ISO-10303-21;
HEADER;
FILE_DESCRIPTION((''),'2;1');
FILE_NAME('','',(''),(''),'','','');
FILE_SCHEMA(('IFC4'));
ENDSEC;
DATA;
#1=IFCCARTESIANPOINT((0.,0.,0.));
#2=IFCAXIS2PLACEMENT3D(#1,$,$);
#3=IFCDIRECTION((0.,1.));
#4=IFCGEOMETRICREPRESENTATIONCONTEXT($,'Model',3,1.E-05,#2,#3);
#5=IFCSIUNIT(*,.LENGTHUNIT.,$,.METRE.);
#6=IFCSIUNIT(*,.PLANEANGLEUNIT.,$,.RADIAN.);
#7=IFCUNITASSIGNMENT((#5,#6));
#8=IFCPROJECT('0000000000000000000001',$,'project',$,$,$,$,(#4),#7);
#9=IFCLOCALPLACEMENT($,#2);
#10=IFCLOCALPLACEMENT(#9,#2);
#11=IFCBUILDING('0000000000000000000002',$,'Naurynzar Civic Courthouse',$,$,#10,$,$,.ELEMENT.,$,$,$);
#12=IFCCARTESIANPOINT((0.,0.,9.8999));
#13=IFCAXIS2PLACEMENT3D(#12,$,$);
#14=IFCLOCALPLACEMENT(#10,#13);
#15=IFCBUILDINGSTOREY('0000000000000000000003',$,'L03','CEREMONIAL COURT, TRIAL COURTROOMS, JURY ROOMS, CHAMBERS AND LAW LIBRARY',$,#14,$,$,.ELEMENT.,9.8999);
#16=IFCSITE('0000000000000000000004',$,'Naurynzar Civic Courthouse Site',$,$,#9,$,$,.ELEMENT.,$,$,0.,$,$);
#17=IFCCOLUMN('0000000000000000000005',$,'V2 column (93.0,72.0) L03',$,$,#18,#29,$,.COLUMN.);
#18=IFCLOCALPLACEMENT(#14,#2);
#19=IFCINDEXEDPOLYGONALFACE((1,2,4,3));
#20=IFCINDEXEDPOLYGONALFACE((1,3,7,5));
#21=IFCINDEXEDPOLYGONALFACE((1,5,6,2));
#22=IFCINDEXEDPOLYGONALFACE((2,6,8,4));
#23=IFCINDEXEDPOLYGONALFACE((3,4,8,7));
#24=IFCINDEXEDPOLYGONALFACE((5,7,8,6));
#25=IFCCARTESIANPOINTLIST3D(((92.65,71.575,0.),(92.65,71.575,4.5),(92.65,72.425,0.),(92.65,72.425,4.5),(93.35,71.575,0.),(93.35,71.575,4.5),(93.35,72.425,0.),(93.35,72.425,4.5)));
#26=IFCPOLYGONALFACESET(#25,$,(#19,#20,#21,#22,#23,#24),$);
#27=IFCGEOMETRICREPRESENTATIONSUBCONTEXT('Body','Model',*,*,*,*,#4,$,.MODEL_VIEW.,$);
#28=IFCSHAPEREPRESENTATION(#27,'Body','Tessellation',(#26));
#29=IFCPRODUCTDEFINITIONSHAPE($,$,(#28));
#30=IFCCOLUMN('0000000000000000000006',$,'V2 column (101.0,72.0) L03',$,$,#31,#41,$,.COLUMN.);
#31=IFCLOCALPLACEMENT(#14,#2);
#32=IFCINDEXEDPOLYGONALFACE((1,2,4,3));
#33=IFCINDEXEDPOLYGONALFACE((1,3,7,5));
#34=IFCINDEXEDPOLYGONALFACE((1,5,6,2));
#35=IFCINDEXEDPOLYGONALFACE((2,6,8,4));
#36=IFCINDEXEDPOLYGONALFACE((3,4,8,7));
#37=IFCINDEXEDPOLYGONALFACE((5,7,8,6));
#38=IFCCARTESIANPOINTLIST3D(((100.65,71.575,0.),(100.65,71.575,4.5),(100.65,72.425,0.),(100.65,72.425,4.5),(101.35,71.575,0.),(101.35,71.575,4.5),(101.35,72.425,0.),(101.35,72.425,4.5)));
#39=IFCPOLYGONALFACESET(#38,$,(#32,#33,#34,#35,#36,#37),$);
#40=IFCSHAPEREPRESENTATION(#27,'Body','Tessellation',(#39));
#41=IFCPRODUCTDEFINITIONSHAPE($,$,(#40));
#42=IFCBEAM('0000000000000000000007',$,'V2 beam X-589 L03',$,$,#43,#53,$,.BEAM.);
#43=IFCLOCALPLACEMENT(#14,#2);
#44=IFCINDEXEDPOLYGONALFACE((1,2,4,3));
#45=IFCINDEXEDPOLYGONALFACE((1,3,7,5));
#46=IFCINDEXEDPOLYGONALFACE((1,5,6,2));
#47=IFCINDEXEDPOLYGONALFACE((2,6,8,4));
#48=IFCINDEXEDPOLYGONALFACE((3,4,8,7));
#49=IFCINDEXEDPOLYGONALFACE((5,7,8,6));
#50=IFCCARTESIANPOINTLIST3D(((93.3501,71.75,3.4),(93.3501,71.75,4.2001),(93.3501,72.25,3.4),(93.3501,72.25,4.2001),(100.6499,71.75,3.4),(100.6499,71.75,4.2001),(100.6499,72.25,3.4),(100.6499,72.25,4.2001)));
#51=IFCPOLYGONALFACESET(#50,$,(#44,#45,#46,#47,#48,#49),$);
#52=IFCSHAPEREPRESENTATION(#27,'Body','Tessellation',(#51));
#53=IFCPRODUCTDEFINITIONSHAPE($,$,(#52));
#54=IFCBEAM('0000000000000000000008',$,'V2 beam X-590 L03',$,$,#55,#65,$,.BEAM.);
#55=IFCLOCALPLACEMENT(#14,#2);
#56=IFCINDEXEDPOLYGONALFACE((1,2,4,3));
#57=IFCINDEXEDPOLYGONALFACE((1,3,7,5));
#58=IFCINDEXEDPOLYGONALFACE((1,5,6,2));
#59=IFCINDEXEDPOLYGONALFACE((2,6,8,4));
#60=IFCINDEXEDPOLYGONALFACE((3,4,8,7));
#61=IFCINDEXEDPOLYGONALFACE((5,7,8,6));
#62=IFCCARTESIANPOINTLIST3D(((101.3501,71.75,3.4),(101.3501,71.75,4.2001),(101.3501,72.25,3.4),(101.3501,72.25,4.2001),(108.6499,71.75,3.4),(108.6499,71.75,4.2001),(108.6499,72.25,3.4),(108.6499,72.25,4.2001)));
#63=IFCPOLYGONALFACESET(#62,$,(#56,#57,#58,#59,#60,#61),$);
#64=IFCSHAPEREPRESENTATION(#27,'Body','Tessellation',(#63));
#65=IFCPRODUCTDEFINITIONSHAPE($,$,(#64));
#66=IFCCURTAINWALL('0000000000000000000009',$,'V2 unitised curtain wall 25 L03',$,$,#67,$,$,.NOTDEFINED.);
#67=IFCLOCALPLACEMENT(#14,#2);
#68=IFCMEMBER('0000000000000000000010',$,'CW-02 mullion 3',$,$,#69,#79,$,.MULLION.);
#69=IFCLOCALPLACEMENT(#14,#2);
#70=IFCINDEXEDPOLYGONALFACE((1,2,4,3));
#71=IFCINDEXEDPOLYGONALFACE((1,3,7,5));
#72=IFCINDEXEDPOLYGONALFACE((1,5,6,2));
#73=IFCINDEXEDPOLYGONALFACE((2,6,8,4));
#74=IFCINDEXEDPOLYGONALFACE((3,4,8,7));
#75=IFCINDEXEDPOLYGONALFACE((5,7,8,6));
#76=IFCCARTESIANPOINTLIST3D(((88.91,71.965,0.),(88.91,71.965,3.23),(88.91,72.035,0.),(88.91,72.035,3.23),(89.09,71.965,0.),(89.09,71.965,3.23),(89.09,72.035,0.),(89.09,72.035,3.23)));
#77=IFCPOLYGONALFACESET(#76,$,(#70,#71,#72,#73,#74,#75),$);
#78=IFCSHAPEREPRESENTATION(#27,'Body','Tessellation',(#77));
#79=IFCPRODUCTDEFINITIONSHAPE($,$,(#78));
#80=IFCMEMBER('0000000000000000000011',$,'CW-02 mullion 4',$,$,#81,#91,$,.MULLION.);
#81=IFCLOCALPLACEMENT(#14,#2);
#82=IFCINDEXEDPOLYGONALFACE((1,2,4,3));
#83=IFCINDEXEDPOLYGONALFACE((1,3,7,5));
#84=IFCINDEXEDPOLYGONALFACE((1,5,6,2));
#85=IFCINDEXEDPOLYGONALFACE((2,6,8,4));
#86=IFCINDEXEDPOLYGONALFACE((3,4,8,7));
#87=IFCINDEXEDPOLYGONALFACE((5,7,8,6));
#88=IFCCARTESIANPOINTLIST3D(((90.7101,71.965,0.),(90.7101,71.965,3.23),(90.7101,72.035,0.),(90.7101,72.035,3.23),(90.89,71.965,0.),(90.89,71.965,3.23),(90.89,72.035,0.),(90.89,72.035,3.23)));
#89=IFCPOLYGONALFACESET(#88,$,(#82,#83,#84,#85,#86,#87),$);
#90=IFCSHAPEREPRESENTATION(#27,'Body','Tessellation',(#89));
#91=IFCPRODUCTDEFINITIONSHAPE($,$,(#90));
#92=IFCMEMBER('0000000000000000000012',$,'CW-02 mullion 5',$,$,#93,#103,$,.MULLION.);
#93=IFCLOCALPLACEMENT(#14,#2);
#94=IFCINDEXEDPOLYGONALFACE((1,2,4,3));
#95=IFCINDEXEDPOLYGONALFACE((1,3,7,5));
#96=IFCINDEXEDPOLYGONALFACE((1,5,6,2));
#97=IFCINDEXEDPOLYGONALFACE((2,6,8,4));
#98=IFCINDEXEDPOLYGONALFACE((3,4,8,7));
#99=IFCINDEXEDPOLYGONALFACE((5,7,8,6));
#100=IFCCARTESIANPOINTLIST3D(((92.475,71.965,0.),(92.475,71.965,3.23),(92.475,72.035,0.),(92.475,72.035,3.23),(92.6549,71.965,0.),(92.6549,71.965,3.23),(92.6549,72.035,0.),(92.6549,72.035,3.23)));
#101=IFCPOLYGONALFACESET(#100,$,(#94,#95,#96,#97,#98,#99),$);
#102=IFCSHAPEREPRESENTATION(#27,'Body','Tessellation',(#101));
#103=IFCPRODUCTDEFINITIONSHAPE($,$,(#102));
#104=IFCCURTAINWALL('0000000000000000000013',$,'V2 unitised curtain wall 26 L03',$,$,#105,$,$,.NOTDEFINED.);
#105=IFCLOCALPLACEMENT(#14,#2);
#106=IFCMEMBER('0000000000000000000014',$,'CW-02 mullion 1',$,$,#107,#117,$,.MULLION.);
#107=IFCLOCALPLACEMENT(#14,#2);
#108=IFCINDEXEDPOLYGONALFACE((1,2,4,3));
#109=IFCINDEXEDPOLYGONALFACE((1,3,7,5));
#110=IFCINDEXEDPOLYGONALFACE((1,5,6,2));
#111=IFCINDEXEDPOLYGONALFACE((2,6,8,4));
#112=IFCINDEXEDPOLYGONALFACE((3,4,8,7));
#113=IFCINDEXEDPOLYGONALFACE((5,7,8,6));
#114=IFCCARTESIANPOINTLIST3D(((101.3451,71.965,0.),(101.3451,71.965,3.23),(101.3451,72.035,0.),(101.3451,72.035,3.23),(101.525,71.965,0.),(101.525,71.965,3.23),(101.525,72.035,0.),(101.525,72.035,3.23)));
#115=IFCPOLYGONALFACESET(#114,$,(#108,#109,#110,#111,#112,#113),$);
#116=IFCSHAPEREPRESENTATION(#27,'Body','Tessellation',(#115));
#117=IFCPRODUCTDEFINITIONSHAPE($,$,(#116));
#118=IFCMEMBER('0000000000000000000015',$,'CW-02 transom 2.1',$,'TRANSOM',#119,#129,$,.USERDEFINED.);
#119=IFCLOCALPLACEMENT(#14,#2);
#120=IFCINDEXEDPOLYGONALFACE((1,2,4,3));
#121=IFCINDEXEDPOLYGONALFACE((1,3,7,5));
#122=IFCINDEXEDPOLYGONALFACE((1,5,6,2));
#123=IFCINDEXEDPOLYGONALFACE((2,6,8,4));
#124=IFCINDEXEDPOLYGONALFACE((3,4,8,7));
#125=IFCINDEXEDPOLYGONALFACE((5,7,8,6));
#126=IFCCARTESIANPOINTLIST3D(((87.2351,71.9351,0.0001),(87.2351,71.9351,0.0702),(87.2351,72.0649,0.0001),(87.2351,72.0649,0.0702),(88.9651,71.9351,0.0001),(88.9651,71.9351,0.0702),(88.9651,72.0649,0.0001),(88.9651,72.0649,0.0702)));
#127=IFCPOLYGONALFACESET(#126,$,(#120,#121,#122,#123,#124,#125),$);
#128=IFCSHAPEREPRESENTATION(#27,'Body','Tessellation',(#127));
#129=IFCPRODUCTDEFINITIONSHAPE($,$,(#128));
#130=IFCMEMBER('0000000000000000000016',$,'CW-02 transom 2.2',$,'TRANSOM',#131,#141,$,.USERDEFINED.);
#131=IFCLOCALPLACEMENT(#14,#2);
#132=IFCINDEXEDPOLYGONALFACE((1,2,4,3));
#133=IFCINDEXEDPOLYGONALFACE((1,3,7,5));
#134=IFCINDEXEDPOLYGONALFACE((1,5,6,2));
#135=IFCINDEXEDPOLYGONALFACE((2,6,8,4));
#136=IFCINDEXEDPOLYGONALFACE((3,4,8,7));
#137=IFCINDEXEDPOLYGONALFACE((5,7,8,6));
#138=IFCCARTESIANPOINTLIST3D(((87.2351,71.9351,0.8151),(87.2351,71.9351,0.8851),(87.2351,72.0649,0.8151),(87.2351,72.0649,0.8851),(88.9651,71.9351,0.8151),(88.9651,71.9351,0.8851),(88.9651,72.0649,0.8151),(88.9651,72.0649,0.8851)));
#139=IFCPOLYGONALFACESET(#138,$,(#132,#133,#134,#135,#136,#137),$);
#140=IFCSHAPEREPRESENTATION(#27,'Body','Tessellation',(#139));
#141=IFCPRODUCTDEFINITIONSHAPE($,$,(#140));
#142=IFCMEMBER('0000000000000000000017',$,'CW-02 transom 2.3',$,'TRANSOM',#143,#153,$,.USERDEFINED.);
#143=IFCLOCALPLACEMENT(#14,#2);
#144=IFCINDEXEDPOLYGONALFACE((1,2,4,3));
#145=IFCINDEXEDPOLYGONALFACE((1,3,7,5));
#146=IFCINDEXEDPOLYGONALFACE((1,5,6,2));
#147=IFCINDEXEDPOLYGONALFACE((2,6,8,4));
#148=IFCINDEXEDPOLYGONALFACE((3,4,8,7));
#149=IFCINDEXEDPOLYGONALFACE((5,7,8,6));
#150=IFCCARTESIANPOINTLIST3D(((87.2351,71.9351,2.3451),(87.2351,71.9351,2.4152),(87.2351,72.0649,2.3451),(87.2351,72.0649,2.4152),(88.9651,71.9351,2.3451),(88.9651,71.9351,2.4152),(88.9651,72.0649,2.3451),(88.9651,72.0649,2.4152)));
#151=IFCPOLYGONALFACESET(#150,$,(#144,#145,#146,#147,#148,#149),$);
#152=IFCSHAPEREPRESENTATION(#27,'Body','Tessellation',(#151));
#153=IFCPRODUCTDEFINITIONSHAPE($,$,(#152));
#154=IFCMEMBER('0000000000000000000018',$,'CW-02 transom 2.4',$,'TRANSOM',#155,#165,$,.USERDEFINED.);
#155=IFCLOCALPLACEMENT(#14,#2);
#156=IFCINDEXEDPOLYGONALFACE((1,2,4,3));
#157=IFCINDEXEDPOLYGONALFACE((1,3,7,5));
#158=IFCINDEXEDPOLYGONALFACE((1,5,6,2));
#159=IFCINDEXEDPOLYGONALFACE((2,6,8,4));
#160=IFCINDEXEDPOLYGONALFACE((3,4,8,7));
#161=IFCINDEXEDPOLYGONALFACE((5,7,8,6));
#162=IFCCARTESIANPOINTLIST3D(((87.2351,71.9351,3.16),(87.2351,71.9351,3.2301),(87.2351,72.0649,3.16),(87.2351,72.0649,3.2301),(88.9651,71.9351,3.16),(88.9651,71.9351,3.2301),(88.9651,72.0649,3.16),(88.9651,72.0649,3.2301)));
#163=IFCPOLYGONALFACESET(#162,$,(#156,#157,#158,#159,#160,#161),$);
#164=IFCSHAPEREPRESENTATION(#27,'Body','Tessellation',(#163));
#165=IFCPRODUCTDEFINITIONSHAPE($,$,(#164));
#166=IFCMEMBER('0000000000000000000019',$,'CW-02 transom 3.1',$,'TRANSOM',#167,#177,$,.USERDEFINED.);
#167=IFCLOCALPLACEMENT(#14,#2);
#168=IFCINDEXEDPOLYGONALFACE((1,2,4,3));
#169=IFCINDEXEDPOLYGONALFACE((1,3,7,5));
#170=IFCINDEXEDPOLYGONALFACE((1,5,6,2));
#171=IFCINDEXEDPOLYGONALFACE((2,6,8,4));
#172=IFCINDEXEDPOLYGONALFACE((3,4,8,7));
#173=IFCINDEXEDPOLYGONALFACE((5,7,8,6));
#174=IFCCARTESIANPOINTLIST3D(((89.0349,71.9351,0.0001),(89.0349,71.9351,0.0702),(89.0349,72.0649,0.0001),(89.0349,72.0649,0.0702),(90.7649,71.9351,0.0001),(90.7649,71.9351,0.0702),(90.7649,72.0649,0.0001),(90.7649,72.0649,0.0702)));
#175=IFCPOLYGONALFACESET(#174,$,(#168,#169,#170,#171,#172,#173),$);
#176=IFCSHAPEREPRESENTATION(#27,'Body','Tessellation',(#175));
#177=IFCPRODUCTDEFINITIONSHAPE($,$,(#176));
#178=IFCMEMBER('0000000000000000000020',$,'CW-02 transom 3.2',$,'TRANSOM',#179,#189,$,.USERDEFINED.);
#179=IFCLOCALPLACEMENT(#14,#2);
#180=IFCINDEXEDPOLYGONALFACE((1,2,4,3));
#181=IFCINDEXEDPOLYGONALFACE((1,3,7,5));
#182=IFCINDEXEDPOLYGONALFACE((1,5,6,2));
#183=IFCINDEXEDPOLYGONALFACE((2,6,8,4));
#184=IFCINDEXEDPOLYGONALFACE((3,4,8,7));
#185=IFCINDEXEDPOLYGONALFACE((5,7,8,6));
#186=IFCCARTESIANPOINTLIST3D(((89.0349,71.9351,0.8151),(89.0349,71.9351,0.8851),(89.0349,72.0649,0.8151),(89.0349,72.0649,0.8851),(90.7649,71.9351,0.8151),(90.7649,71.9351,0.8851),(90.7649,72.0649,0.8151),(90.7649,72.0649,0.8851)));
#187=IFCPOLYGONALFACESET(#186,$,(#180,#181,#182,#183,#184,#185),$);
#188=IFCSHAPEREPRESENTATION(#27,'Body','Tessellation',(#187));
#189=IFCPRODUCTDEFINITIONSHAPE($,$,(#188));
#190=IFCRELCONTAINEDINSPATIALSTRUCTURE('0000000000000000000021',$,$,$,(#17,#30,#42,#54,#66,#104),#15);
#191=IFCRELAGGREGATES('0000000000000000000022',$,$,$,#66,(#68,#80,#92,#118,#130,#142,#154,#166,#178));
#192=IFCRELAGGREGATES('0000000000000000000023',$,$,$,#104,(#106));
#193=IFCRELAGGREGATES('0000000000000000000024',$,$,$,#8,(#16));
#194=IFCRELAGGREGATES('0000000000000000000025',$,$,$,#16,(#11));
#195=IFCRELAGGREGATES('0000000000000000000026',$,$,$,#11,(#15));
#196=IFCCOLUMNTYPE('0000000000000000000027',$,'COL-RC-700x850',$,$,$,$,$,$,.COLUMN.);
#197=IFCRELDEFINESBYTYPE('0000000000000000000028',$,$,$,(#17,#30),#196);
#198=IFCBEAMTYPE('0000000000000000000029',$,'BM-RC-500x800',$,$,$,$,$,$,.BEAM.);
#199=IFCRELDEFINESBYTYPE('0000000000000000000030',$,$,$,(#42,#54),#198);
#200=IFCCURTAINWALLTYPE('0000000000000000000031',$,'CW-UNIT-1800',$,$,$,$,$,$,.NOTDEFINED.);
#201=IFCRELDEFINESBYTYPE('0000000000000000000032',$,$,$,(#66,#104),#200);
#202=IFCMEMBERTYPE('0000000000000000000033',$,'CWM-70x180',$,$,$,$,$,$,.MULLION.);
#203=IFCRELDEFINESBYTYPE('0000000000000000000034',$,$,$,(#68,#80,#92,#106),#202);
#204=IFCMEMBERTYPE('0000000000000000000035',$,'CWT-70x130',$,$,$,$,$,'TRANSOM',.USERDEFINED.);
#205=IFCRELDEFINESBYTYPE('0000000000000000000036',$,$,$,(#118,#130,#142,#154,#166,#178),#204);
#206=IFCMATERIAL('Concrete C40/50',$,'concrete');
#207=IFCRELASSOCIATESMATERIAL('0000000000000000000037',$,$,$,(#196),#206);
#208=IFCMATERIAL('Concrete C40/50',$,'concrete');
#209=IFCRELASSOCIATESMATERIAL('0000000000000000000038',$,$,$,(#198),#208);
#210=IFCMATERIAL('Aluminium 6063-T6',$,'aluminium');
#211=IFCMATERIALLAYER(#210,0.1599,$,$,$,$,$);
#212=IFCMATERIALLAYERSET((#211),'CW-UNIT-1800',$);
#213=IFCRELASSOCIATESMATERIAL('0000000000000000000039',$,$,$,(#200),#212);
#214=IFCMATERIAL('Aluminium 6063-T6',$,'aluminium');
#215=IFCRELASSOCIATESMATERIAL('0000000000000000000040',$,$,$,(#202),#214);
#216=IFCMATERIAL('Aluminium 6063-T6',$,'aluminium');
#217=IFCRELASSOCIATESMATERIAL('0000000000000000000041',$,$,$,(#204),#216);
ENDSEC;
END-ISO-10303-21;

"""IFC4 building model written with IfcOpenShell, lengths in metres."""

from ifc_helpers import new_model, si_unit, direction, frame, origin, origin_2d, place, context, subcontext, project, spatial, rectangle, extrude, material, layer, layer_set, material_profile, profile_set, type_object, element, aggregate, save


model = new_model("IFC4")

# Units and contexts
model_context = context("Model", 3, precision=1e-05, world=origin(), true_north=direction((0.0, 1.0)))
body_context = subcontext(model_context, "Body", "Model", "MODEL_VIEW")
ifc_project = project(units=[si_unit("LENGTHUNIT", "METRE"), si_unit("PLANEANGLEUNIT", "RADIAN")], contexts=[model_context])

# Site, building, storey
site_placement = place(None, origin())
site = spatial("IfcSite", under=ifc_project, at=site_placement, Name="Naurynzar Civic Courthouse Site", CompositionType="ELEMENT", RefElevation=0.0)
building_placement = place(site_placement, origin())
building = spatial("IfcBuilding", under=site, at=building_placement, Name="Naurynzar Civic Courthouse", CompositionType="ELEMENT")
storey_placement = place(building_placement, frame((0.0, 0.0, 9.8999)))
storey = spatial("IfcBuildingStorey", under=building, at=storey_placement, Name="L03", Description="CEREMONIAL COURT, TRIAL COURTROOMS, JURY ROOMS, CHAMBERS AND LAW LIBRARY", CompositionType="ELEMENT", Elevation=9.8999)

# Columns
ifc_material_1 = material(Name="Concrete C40/50", Category="concrete")
ifc_material_profile_1 = material_profile(ifc_material_1, rectangle(XDim=0.7, YDim=0.8501, at=origin_2d()), Name="RC 700x850")
ifc_profile_set_1 = profile_set([ifc_material_profile_1], Name="Concrete C40/50")
column_type = type_object("IfcColumnType", Name="COL-RC-700x850", PredefinedType="COLUMN", material=ifc_profile_set_1)
for number, where, z_axis, x_axis, name in (
    (1, (93.0, 72.0, 0.0), (0.0, 0.0, 1.0), (1.0, 0.0, 0.0), "V2 column (93.0,72.0) L03"),
    (2, (101.0, 72.0, 0.0), (0.0, 0.0, 1.0), (1.0, 0.0, 0.0), "V2 column (101.0,72.0) L03"),
):
    element("IfcColumn", number, at=place(storey_placement, frame(where, z_axis=z_axis, x_axis=x_axis)), inside=storey, type_object=column_type, Name=name, PredefinedType="COLUMN", context=body_context, shape_type="SweptSolid", body=[
        extrude(rectangle(XDim=0.7, YDim=0.8501, at=origin_2d()), origin(), (0.0, 0.0, 1.0), 4.5),
    ])

# Beams
ifc_material_2 = material(Name="Concrete C40/50", Category="concrete")
ifc_material_profile_2 = material_profile(ifc_material_2, rectangle(XDim=0.5, YDim=0.8, at=origin_2d()), Name="RCB 500x800")
ifc_profile_set_2 = profile_set([ifc_material_profile_2], Name="Concrete C40/50")
beam_type = type_object("IfcBeamType", Name="BM-RC-500x800", PredefinedType="BEAM", material=ifc_profile_set_2)
for number, where, z_axis, x_axis, name in (
    (3, (93.3501, 72.0, 3.8), (1.0, 0.0, 0.0), (0.0, 1.0, 0.0), "V2 beam X-589 L03"),
    (4, (101.3501, 72.0, 3.8), (1.0, 0.0, 0.0), (0.0, 1.0, 0.0), "V2 beam X-590 L03"),
):
    element("IfcBeam", number, at=place(storey_placement, frame(where, z_axis=z_axis, x_axis=x_axis)), inside=storey, type_object=beam_type, Name=name, PredefinedType="BEAM", context=body_context, shape_type="SweptSolid", body=[
        extrude(rectangle(XDim=0.5, YDim=0.8, at=origin_2d()), origin(), (0.0, 0.0, 1.0), 7.2998),
    ])

# Curtain wall, members
ifc_material_3 = material(Name="Aluminium 6063-T6", Category="aluminium")
ifc_layer_1 = layer(ifc_material_3, 0.1599)
ifc_layer_set_1 = layer_set([ifc_layer_1], Name="CW-UNIT-1800")
curtain_wall_type = type_object("IfcCurtainWallType", Name="CW-UNIT-1800", PredefinedType="NOTDEFINED", material=ifc_layer_set_1)
curtain_wall_1_placement = place(storey_placement, origin())
curtain_wall_1 = element("IfcCurtainWall", 5, at=curtain_wall_1_placement, inside=storey, type_object=curtain_wall_type, Name="V2 unitised curtain wall 25 L03", PredefinedType="NOTDEFINED")
ifc_material_4 = material(Name="Aluminium 6063-T6", Category="aluminium")
ifc_material_profile_3 = material_profile(ifc_material_4, rectangle(XDim=0.0701, YDim=0.1799, at=origin_2d()), Name="ALU MULLION 70x180")
ifc_profile_set_3 = profile_set([ifc_material_profile_3], Name="Aluminium 6063-T6")
member_type_1 = type_object("IfcMemberType", Name="CWM-70x180", PredefinedType="MULLION", material=ifc_profile_set_3)
member_1_placement = place(storey_placement, frame((89.0, 72.0, 0.0), z_axis=(0.0, 0.0, 1.0), x_axis=(0.0, 1.0, 0.0)))
member_1 = element("IfcMember", 6, at=member_1_placement, type_object=member_type_1, Name="CW-02 mullion 3", PredefinedType="MULLION", context=body_context, shape_type="SweptSolid", body=[
    extrude(rectangle(XDim=0.0701, YDim=0.1799, at=origin_2d()), origin(), (0.0, 0.0, 1.0), 3.23),
])
member_2_placement = place(storey_placement, frame((90.8, 72.0, 0.0), z_axis=(0.0, 0.0, 1.0), x_axis=(0.0, 1.0, 0.0)))
member_2 = element("IfcMember", 7, at=member_2_placement, type_object=member_type_1, Name="CW-02 mullion 4", PredefinedType="MULLION", context=body_context, shape_type="SweptSolid", body=[
    extrude(rectangle(XDim=0.0701, YDim=0.1799, at=origin_2d()), origin(), (0.0, 0.0, 1.0), 3.23),
])
member_3_placement = place(storey_placement, frame((92.5649, 72.0, 0.0), z_axis=(0.0, 0.0, 1.0), x_axis=(0.0, 1.0, 0.0)))
member_3 = element("IfcMember", 8, at=member_3_placement, type_object=member_type_1, Name="CW-02 mullion 5", PredefinedType="MULLION", context=body_context, shape_type="SweptSolid", body=[
    extrude(rectangle(XDim=0.0701, YDim=0.1799, at=origin_2d()), origin(), (0.0, 0.0, 1.0), 3.23),
])

# Curtain wall, member
curtain_wall_2_placement = place(storey_placement, origin())
curtain_wall_2 = element("IfcCurtainWall", 9, at=curtain_wall_2_placement, inside=storey, type_object=curtain_wall_type, Name="V2 unitised curtain wall 26 L03", PredefinedType="NOTDEFINED")
member_4_placement = place(storey_placement, frame((101.4351, 72.0, 0.0), z_axis=(0.0, 0.0, 1.0), x_axis=(0.0, 1.0, 0.0)))
member_4 = element("IfcMember", 10, at=member_4_placement, type_object=member_type_1, Name="CW-02 mullion 1", PredefinedType="MULLION", context=body_context, shape_type="SweptSolid", body=[
    extrude(rectangle(XDim=0.0701, YDim=0.1799, at=origin_2d()), origin(), (0.0, 0.0, 1.0), 3.23),
])

# Members
ifc_material_5 = material(Name="Aluminium 6063-T6", Category="aluminium")
ifc_material_profile_4 = material_profile(ifc_material_5, rectangle(XDim=0.1299, YDim=0.0701, at=origin_2d()), Name="ALU TRANSOM 70x130")
ifc_profile_set_4 = profile_set([ifc_material_profile_4], Name="Aluminium 6063-T6")
member_type_2 = type_object("IfcMemberType", Name="CWT-70x130", ElementType="TRANSOM", PredefinedType="USERDEFINED", material=ifc_profile_set_4)
member_5_placement = place(storey_placement, frame((87.2351, 72.0, 0.0352), z_axis=(1.0, 0.0, 0.0), x_axis=(0.0, 1.0, 0.0)))
member_5 = element("IfcMember", 11, at=member_5_placement, type_object=member_type_2, Name="CW-02 transom 2.1", ObjectType="TRANSOM", PredefinedType="USERDEFINED", context=body_context, shape_type="SweptSolid", body=[
    extrude(rectangle(XDim=0.1299, YDim=0.0701, at=origin_2d()), origin(), (0.0, 0.0, 1.0), 1.73),
])
member_6_placement = place(storey_placement, frame((87.2351, 72.0, 0.8501), z_axis=(1.0, 0.0, 0.0), x_axis=(0.0, 1.0, 0.0)))
member_6 = element("IfcMember", 12, at=member_6_placement, type_object=member_type_2, Name="CW-02 transom 2.2", ObjectType="TRANSOM", PredefinedType="USERDEFINED", context=body_context, shape_type="SweptSolid", body=[
    extrude(rectangle(XDim=0.1299, YDim=0.0701, at=origin_2d()), origin(), (0.0, 0.0, 1.0), 1.73),
])
member_7_placement = place(storey_placement, frame((87.2351, 72.0, 2.3801), z_axis=(1.0, 0.0, 0.0), x_axis=(0.0, 1.0, 0.0)))
member_7 = element("IfcMember", 13, at=member_7_placement, type_object=member_type_2, Name="CW-02 transom 2.3", ObjectType="TRANSOM", PredefinedType="USERDEFINED", context=body_context, shape_type="SweptSolid", body=[
    extrude(rectangle(XDim=0.1299, YDim=0.0701, at=origin_2d()), origin(), (0.0, 0.0, 1.0), 1.73),
])
member_8_placement = place(storey_placement, frame((87.2351, 72.0, 3.1951), z_axis=(1.0, 0.0, 0.0), x_axis=(0.0, 1.0, 0.0)))
member_8 = element("IfcMember", 14, at=member_8_placement, type_object=member_type_2, Name="CW-02 transom 2.4", ObjectType="TRANSOM", PredefinedType="USERDEFINED", context=body_context, shape_type="SweptSolid", body=[
    extrude(rectangle(XDim=0.1299, YDim=0.0701, at=origin_2d()), origin(), (0.0, 0.0, 1.0), 1.73),
])
member_9_placement = place(storey_placement, frame((89.0349, 72.0, 0.0352), z_axis=(1.0, 0.0, 0.0), x_axis=(0.0, 1.0, 0.0)))
member_9 = element("IfcMember", 15, at=member_9_placement, type_object=member_type_2, Name="CW-02 transom 3.1", ObjectType="TRANSOM", PredefinedType="USERDEFINED", context=body_context, shape_type="SweptSolid", body=[
    extrude(rectangle(XDim=0.1299, YDim=0.0701, at=origin_2d()), origin(), (0.0, 0.0, 1.0), 1.73),
])
member_10_placement = place(storey_placement, frame((89.0349, 72.0, 0.8501), z_axis=(1.0, 0.0, 0.0), x_axis=(0.0, 1.0, 0.0)))
member_10 = element("IfcMember", 16, at=member_10_placement, type_object=member_type_2, Name="CW-02 transom 3.2", ObjectType="TRANSOM", PredefinedType="USERDEFINED", context=body_context, shape_type="SweptSolid", body=[
    extrude(rectangle(XDim=0.1299, YDim=0.0701, at=origin_2d()), origin(), (0.0, 0.0, 1.0), 1.73),
])

aggregate(curtain_wall_1, [member_1, member_2, member_3, member_5, member_6, member_7, member_8, member_9, member_10])
aggregate(curtain_wall_2, [member_4])

save(model, "model.ifc")
